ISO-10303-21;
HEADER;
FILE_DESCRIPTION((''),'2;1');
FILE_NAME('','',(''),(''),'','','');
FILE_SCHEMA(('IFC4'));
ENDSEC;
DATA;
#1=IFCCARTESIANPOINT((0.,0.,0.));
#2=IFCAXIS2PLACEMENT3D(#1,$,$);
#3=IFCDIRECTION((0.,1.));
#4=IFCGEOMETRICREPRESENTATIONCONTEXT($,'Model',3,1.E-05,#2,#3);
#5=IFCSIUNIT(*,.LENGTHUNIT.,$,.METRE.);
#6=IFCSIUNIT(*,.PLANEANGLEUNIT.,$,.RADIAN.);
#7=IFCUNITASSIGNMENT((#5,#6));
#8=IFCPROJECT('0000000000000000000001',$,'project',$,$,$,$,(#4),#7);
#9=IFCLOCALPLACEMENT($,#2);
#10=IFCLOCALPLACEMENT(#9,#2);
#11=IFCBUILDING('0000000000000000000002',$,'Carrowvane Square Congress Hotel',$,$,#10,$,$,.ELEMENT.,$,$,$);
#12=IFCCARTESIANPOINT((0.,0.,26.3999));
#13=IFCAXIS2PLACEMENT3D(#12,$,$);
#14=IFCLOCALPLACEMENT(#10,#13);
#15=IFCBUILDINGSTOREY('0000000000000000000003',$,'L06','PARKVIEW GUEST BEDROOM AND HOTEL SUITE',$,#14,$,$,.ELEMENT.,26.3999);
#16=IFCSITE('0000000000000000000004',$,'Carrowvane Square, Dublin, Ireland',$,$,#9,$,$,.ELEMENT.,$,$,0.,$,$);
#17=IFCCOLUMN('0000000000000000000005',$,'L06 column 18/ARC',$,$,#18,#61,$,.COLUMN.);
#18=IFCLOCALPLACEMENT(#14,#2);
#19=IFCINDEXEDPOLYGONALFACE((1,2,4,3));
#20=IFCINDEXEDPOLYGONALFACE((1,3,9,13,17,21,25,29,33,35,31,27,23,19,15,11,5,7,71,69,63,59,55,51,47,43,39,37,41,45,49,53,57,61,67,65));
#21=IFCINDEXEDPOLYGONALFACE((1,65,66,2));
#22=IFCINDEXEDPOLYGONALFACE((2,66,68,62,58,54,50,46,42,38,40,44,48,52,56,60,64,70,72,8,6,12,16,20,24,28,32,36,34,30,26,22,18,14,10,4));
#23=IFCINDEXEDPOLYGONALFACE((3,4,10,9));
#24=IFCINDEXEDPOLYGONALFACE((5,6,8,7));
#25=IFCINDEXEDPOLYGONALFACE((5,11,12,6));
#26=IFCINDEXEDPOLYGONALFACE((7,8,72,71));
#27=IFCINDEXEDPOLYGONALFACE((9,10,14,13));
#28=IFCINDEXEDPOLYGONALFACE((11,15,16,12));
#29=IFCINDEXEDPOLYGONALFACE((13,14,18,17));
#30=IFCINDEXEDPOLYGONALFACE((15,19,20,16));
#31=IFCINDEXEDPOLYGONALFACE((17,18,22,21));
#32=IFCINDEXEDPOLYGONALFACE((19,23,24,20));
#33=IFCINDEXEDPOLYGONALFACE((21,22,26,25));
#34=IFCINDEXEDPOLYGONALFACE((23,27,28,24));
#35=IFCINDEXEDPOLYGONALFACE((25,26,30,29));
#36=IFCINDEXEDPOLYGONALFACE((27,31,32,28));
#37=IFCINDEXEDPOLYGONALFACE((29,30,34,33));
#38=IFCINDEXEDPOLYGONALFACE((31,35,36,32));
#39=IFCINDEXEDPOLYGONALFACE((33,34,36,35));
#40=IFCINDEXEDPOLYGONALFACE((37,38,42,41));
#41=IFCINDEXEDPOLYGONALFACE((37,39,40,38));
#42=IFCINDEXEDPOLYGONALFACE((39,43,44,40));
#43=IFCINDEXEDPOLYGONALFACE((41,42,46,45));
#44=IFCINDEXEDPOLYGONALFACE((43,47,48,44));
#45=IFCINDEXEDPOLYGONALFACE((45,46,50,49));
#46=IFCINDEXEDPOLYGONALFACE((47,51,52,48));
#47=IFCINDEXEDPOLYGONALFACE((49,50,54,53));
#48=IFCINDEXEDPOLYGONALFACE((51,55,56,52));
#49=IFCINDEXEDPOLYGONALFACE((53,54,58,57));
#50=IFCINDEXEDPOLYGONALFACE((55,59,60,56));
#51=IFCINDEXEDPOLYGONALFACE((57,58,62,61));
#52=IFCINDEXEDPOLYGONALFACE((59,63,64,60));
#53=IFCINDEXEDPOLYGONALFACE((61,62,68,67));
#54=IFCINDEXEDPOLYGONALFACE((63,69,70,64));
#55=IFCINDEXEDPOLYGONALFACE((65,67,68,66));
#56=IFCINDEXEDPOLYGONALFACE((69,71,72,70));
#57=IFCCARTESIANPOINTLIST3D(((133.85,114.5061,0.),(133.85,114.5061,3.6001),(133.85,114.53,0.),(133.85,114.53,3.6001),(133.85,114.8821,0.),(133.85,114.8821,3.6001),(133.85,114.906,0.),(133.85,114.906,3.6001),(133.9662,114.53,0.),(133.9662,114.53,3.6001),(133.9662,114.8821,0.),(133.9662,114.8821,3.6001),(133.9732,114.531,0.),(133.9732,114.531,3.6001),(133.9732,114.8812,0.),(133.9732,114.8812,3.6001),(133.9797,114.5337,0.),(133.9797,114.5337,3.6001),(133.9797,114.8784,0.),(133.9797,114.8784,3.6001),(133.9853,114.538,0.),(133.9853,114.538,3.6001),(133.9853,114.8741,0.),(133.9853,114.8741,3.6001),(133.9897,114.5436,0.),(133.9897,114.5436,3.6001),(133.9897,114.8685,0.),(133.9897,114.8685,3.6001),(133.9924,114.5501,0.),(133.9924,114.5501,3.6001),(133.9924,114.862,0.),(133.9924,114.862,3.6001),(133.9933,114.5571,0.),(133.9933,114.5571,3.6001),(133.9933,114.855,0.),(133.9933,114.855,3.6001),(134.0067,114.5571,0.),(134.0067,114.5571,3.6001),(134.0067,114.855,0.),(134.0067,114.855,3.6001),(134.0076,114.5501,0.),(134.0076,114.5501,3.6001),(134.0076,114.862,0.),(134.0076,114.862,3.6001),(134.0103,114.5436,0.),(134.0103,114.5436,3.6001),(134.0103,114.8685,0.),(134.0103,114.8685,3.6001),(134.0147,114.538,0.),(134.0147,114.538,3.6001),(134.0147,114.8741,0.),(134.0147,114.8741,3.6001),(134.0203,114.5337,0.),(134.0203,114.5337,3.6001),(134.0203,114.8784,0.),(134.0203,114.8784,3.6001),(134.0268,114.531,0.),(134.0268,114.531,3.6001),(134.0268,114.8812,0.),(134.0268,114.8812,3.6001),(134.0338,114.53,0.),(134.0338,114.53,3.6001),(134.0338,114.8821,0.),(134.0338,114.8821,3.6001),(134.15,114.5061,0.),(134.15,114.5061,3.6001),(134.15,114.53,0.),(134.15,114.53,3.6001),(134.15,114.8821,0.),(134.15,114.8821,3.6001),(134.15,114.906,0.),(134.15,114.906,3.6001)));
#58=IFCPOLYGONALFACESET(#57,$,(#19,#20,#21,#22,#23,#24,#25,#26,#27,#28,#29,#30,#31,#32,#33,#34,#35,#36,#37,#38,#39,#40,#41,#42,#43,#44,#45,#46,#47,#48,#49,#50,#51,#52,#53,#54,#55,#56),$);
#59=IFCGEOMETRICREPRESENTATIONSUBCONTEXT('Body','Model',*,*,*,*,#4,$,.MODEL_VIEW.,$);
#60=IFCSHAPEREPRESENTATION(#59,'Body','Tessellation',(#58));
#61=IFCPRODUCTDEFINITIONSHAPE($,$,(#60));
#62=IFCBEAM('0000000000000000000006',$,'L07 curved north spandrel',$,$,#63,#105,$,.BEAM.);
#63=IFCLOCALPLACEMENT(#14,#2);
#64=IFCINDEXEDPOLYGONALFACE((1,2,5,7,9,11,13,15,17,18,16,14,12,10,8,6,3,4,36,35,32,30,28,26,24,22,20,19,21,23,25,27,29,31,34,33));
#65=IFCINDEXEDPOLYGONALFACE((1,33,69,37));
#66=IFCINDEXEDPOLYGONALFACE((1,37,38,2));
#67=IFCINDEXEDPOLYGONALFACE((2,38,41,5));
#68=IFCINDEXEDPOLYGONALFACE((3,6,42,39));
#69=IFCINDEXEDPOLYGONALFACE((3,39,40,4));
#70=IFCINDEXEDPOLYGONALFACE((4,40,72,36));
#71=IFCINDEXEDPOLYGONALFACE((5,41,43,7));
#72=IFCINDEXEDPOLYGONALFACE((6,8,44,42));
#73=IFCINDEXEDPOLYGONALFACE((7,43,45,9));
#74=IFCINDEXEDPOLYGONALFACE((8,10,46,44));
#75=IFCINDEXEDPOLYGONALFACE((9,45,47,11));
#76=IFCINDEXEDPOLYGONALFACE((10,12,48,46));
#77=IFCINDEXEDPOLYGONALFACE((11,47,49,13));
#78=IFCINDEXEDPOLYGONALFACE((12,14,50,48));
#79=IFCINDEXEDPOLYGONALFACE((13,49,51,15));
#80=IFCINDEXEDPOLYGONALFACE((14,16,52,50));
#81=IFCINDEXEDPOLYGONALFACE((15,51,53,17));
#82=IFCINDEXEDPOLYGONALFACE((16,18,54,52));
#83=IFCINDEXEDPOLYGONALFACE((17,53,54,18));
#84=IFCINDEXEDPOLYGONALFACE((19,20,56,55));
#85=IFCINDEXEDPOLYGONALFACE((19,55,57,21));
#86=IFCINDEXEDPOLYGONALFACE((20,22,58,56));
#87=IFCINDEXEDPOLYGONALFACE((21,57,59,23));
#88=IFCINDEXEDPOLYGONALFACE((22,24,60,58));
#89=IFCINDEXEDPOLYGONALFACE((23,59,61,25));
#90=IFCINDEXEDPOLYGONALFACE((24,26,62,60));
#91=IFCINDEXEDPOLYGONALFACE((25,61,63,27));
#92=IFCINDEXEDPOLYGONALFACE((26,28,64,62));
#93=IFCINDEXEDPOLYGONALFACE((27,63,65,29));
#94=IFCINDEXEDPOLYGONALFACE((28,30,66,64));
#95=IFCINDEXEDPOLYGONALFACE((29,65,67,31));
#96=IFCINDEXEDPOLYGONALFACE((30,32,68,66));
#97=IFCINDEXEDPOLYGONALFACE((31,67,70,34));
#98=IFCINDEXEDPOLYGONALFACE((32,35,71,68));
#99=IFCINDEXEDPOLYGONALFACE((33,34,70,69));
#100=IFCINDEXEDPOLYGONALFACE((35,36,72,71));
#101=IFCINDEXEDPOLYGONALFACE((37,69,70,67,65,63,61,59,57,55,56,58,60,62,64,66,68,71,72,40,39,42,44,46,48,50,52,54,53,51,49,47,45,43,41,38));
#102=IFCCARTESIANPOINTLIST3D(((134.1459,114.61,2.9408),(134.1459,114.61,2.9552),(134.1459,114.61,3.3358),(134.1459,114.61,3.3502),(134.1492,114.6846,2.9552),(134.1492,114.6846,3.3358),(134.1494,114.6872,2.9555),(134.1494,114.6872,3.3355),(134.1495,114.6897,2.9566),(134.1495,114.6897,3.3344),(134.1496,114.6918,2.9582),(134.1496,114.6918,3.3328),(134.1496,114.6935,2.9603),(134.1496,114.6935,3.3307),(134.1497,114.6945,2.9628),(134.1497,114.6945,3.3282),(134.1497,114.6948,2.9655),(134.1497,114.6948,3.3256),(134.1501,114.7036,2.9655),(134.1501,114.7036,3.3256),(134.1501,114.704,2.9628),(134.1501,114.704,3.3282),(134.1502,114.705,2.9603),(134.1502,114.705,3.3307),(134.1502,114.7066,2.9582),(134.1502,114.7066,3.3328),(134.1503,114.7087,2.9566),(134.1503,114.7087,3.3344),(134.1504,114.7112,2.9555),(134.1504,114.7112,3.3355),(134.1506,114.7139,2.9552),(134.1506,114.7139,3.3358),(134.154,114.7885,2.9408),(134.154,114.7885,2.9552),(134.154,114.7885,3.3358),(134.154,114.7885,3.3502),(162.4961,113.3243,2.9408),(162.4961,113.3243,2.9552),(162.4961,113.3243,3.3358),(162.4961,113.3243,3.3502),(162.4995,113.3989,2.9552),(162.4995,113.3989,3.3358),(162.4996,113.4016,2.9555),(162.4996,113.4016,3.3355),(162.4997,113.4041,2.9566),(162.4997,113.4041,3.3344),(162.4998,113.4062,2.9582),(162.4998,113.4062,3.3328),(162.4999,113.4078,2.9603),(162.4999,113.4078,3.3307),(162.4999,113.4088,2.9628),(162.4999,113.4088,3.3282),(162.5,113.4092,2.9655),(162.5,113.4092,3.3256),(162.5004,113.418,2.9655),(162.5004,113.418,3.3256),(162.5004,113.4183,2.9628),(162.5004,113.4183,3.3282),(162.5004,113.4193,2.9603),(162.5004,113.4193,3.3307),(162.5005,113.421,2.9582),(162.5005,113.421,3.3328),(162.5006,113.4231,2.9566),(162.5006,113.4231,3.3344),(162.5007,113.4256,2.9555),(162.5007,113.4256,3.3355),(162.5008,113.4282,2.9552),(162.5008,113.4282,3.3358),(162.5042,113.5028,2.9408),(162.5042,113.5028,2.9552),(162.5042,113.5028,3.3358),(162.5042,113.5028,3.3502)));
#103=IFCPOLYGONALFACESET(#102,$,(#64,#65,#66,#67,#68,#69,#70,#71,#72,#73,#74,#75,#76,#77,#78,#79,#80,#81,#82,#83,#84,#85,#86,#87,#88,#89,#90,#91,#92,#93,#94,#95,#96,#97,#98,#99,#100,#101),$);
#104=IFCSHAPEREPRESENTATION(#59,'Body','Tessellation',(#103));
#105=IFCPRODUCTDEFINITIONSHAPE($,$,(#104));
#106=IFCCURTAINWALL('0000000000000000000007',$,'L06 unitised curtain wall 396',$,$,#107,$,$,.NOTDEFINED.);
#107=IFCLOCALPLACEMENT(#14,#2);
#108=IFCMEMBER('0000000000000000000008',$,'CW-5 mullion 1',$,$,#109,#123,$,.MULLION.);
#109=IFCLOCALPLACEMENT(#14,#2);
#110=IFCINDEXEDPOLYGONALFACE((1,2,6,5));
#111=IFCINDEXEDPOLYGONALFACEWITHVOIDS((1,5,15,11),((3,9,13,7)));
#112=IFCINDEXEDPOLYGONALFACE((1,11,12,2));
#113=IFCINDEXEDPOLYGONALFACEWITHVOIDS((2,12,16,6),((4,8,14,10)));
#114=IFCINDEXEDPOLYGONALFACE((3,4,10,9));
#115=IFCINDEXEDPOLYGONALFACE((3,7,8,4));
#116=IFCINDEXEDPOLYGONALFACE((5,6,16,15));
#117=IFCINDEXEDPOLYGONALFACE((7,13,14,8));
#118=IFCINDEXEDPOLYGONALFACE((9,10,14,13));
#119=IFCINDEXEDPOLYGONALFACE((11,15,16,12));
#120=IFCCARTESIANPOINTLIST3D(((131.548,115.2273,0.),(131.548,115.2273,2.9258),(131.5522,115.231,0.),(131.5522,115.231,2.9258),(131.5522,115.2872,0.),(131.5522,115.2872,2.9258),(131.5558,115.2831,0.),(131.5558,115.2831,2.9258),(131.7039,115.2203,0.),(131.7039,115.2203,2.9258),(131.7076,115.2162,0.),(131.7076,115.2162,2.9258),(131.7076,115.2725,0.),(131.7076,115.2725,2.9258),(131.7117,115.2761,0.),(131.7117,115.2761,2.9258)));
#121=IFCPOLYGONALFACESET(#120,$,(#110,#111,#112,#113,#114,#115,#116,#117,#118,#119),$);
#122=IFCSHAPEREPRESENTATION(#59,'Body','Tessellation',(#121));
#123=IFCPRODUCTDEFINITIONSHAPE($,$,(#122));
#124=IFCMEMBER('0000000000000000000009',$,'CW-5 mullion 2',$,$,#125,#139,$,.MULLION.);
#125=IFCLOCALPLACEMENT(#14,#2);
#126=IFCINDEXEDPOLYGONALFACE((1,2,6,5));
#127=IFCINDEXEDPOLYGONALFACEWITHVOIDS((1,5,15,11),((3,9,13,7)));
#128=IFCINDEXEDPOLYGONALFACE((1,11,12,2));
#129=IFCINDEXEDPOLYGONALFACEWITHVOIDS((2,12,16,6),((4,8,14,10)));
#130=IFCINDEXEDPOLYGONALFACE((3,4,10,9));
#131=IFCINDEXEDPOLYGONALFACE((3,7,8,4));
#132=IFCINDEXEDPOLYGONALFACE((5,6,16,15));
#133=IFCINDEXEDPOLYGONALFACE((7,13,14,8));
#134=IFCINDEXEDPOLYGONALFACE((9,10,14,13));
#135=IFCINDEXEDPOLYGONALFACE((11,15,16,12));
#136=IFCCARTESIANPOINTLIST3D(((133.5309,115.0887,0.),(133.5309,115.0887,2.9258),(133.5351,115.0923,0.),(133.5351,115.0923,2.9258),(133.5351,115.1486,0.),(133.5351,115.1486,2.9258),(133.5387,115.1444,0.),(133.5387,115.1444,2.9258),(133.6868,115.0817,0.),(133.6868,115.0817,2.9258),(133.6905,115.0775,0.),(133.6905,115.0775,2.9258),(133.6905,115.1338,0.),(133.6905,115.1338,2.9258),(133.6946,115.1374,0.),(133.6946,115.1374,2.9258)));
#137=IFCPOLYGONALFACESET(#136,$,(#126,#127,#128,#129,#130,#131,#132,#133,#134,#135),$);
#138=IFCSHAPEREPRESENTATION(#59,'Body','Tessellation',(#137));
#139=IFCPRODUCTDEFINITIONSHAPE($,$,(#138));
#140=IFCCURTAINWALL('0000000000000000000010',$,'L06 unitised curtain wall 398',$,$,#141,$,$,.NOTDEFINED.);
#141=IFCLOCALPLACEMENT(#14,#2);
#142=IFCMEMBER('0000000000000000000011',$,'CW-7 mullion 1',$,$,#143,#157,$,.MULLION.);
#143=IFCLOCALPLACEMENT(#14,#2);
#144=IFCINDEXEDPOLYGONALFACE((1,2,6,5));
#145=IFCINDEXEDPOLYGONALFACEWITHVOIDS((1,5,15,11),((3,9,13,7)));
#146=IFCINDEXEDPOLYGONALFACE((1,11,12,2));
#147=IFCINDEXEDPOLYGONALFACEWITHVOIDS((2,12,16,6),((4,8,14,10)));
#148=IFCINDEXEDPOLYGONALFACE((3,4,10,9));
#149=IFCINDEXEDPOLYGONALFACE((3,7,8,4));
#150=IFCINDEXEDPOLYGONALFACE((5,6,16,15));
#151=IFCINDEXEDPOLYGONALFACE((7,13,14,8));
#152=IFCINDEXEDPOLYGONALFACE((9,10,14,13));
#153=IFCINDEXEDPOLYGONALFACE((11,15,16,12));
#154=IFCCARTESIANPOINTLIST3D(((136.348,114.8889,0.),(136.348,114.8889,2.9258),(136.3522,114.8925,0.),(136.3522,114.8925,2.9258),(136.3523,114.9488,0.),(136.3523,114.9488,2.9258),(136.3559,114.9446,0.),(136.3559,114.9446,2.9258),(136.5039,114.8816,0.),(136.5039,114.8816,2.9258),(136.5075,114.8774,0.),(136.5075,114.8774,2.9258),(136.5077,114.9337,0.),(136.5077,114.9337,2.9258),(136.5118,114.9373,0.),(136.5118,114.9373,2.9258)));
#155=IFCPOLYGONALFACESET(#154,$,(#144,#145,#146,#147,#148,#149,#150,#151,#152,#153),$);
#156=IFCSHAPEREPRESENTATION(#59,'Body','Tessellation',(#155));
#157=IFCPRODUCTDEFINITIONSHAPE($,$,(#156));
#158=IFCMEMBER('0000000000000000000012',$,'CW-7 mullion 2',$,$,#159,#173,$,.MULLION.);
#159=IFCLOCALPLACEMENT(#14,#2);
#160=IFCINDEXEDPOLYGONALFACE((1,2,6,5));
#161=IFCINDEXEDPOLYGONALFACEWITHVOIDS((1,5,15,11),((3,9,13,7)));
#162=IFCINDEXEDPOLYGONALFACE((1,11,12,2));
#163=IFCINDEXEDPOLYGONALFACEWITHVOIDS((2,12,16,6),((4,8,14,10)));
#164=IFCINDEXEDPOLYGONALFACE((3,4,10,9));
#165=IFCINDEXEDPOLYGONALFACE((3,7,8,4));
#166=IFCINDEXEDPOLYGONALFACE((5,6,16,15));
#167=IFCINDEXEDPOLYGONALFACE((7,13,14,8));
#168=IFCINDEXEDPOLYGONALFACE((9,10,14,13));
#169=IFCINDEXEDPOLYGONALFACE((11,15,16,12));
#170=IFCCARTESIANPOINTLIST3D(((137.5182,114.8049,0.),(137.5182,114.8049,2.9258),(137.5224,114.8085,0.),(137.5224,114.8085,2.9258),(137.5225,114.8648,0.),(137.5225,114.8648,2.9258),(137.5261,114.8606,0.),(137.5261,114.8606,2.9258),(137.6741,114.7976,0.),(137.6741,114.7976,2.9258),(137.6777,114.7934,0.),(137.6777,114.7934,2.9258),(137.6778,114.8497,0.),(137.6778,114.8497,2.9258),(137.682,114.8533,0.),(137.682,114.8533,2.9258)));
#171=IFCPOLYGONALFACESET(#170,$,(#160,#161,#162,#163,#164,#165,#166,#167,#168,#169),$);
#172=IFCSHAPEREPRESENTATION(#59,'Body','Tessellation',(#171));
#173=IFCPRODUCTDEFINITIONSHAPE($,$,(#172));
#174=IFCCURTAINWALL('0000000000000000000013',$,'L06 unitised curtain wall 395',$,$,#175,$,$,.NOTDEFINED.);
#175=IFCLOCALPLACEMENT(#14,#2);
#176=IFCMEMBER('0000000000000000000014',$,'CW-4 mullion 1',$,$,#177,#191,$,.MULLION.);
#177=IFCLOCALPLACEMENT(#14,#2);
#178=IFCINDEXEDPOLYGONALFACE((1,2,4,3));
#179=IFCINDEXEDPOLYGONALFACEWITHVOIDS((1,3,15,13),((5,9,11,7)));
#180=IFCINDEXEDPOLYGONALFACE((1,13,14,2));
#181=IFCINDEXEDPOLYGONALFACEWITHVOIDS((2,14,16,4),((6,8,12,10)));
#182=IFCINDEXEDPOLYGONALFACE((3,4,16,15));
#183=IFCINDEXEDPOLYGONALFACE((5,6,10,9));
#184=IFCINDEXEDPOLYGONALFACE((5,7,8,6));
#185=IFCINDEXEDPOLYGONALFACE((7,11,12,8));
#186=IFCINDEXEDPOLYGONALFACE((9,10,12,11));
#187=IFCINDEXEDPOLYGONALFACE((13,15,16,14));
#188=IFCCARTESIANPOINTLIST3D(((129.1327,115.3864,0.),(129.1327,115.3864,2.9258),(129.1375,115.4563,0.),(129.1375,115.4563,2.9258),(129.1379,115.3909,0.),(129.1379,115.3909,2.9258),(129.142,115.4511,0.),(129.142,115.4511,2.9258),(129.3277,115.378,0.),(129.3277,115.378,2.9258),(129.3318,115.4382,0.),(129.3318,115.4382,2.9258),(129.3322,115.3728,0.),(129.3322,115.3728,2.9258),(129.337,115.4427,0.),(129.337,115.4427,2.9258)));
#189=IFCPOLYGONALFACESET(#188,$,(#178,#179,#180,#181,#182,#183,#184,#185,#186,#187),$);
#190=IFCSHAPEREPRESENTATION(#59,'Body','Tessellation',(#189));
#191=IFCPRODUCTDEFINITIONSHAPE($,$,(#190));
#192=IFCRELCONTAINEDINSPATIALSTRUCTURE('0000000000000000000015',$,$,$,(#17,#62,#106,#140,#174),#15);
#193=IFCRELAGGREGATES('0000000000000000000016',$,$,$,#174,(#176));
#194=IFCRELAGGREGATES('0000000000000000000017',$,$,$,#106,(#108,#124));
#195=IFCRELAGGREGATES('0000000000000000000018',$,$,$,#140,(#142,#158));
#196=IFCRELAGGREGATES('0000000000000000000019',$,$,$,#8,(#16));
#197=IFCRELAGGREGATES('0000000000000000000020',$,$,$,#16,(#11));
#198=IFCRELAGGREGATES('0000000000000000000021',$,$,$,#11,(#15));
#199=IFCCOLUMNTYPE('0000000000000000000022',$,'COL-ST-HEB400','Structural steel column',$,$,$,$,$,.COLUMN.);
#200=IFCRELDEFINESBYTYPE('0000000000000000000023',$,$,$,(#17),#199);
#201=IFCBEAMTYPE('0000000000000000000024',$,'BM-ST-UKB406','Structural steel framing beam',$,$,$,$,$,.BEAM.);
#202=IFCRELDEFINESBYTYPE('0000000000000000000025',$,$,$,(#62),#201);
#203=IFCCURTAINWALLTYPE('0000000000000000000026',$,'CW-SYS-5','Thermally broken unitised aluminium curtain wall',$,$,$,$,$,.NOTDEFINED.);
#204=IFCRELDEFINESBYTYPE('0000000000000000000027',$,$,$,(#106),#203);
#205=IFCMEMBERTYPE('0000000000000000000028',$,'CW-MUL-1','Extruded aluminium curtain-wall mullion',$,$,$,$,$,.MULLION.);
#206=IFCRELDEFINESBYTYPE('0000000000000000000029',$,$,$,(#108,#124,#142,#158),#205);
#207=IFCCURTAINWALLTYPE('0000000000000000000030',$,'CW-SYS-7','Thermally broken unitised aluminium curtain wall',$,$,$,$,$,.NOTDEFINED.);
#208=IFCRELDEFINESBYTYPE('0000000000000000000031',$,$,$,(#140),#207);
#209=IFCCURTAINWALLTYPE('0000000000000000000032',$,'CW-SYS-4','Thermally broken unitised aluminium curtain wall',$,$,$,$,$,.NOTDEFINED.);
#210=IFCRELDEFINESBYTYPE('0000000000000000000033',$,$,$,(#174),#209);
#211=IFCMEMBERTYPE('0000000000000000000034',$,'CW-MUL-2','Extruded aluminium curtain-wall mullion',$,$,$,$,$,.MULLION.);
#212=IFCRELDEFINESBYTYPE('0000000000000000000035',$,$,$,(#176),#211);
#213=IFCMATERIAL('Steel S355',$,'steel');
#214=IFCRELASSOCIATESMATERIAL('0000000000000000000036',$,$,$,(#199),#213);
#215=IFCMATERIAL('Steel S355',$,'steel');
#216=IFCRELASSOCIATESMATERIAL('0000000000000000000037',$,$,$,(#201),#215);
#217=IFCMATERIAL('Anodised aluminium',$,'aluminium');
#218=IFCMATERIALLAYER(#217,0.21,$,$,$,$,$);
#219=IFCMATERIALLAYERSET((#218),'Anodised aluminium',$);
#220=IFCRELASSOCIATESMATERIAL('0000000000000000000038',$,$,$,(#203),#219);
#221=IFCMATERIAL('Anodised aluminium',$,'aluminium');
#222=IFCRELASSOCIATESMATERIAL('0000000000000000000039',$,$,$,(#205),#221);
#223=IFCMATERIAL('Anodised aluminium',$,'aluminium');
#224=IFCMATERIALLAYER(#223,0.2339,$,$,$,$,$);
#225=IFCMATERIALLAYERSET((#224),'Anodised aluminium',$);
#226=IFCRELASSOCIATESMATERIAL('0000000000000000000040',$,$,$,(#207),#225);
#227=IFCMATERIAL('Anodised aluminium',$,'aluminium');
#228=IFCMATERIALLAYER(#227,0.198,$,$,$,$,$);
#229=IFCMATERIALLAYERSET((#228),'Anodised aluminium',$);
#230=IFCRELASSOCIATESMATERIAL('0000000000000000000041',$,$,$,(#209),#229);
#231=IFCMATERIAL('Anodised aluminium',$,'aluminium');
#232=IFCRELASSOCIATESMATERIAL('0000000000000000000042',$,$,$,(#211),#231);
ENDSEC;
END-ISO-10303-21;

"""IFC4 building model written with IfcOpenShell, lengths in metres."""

from ifc_helpers import new_model, si_unit, direction, frame, origin, origin_2d, place, context, subcontext, project, spatial, hollow_rectangle, i_section, extrude, material, layer, layer_set, material_profile, profile_set, type_object, element, aggregate, save


model = new_model("IFC4")

# Units and contexts
model_context = context("Model", 3, precision=1e-05, world=origin(), true_north=direction((0.0, 1.0)))
body_context = subcontext(model_context, "Body", "Model", "MODEL_VIEW")
ifc_project = project(units=[si_unit("LENGTHUNIT", "METRE"), si_unit("PLANEANGLEUNIT", "RADIAN")], contexts=[model_context])

# Site, building, storey
site_placement = place(None, origin())
site = spatial("IfcSite", under=ifc_project, at=site_placement, Name="Carrowvane Square, Dublin, Ireland", CompositionType="ELEMENT", RefElevation=0.0)
building_placement = place(site_placement, origin())
building = spatial("IfcBuilding", under=site, at=building_placement, Name="Carrowvane Square Congress Hotel", CompositionType="ELEMENT")
storey_placement = place(building_placement, frame((0.0, 0.0, 26.3999)))
storey = spatial("IfcBuildingStorey", under=building, at=storey_placement, Name="L06", Description="PARKVIEW GUEST BEDROOM AND HOTEL SUITE", CompositionType="ELEMENT", Elevation=26.3999)

# Column
ifc_material_1 = material(Name="Steel S355", Category="steel")
ifc_material_profile_1 = material_profile(ifc_material_1, i_section(OverallWidth=0.3, OverallDepth=0.3999, WebThickness=0.0134, FlangeThickness=0.0239, FilletRadius=0.0271, at=origin_2d()), Name="HEB 400")
ifc_profile_set_1 = profile_set([ifc_material_profile_1], Name="Steel S355")
column_type = type_object("IfcColumnType", Name="COL-ST-HEB400", Description="Structural steel column", PredefinedType="COLUMN", material=ifc_profile_set_1)
column_placement = place(storey_placement, frame((134.0, 114.7061, 0.0), z_axis=(0.0, 0.0, 1.0), x_axis=(1.0, 0.0, 0.0)))
element("IfcColumn", 1, at=column_placement, inside=storey, type_object=column_type, Name="L06 column 18/ARC", PredefinedType="COLUMN", context=body_context, shape_type="SweptSolid", body=[
    extrude(i_section(OverallWidth=0.3, OverallDepth=0.3999, WebThickness=0.0134, FlangeThickness=0.0239, FilletRadius=0.0271, at=origin_2d()), origin(), (0.0, 0.0, 1.0), 3.6001),
])

# Beam
ifc_material_2 = material(Name="Steel S355", Category="steel")
ifc_material_profile_2 = material_profile(ifc_material_2, i_section(OverallWidth=0.1787, OverallDepth=0.4094, WebThickness=0.0088, FlangeThickness=0.0144, FilletRadius=0.0103, at=origin_2d()), Name="UKB 406x178x67")
ifc_profile_set_2 = profile_set([ifc_material_profile_2], Name="Steel S355")
beam_type = type_object("IfcBeamType", Name="BM-ST-UKB406", Description="Structural steel framing beam", PredefinedType="BEAM", material=ifc_profile_set_2)
beam_placement = place(storey_placement, frame((134.1499, 114.6992, 3.1455), z_axis=(0.998973, -0.045302, 0.0), x_axis=(0.045302, 0.998973, 0.0)))
element("IfcBeam", 2, at=beam_placement, inside=storey, type_object=beam_type, Name="L07 curved north spandrel", PredefinedType="BEAM", context=body_context, shape_type="SweptSolid", body=[
    extrude(i_section(OverallWidth=0.1787, OverallDepth=0.4094, WebThickness=0.0088, FlangeThickness=0.0144, FilletRadius=0.0103, at=origin_2d()), origin(), (0.0, 0.0, 1.0), 28.3794),
])

# Curtain walls, members
ifc_material_3 = material(Name="Anodised aluminium", Category="aluminium")
ifc_layer_1 = layer(ifc_material_3, 0.21)
ifc_layer_set_1 = layer_set([ifc_layer_1], Name="Anodised aluminium")
curtain_wall_type_1 = type_object("IfcCurtainWallType", Name="CW-SYS-5", Description="Thermally broken unitised aluminium curtain wall", PredefinedType="NOTDEFINED", material=ifc_layer_set_1)
curtain_wall_1_placement = place(storey_placement, origin())
curtain_wall_1 = element("IfcCurtainWall", 3, at=curtain_wall_1_placement, inside=storey, type_object=curtain_wall_type_1, Name="L06 unitised curtain wall 396", PredefinedType="NOTDEFINED")
ifc_material_4 = material(Name="Anodised aluminium", Category="aluminium")
ifc_material_profile_3 = material_profile(ifc_material_4, hollow_rectangle(XDim=0.0601, YDim=0.1599, WallThickness=0.0039, at=origin_2d()), Name="CW-ML 60x160x4")
ifc_profile_set_3 = profile_set([ifc_material_profile_3], Name="Anodised aluminium")
member_type_1 = type_object("IfcMemberType", Name="CW-MUL-1", Description="Extruded aluminium curtain-wall mullion", PredefinedType="MULLION", material=ifc_profile_set_3)
member_1_placement = place(storey_placement, frame((131.6299, 115.2517, 0.0), z_axis=(0.0, 0.0, 1.0), x_axis=(0.069727, 0.997566, 0.0)))
member_1 = element("IfcMember", 4, at=member_1_placement, type_object=member_type_1, Name="CW-5 mullion 1", PredefinedType="MULLION", context=body_context, shape_type="SweptSolid", body=[
    extrude(hollow_rectangle(XDim=0.0601, YDim=0.1599, WallThickness=0.0039, at=origin_2d()), origin(), (0.0, 0.0, 1.0), 2.9258),
])
member_2_placement = place(storey_placement, frame((133.6128, 115.113, 0.0), z_axis=(0.0, 0.0, 1.0), x_axis=(0.069727, 0.997566, 0.0)))
member_2 = element("IfcMember", 5, at=member_2_placement, type_object=member_type_1, Name="CW-5 mullion 2", PredefinedType="MULLION", context=body_context, shape_type="SweptSolid", body=[
    extrude(hollow_rectangle(XDim=0.0601, YDim=0.1599, WallThickness=0.0039, at=origin_2d()), origin(), (0.0, 0.0, 1.0), 2.9258),
])
ifc_material_5 = material(Name="Anodised aluminium", Category="aluminium")
ifc_layer_2 = layer(ifc_material_5, 0.2339)
ifc_layer_set_2 = layer_set([ifc_layer_2], Name="Anodised aluminium")
curtain_wall_type_2 = type_object("IfcCurtainWallType", Name="CW-SYS-7", Description="Thermally broken unitised aluminium curtain wall", PredefinedType="NOTDEFINED", material=ifc_layer_set_2)
curtain_wall_2_placement = place(storey_placement, origin())
curtain_wall_2 = element("IfcCurtainWall", 6, at=curtain_wall_2_placement, inside=storey, type_object=curtain_wall_type_2, Name="L06 unitised curtain wall 398", PredefinedType="NOTDEFINED")
member_3_placement = place(storey_placement, frame((136.4299, 114.9131, 0.0), z_axis=(0.0, 0.0, 1.0), x_axis=(0.071532, 0.997438, 0.0)))
member_3 = element("IfcMember", 7, at=member_3_placement, type_object=member_type_1, Name="CW-7 mullion 1", PredefinedType="MULLION", context=body_context, shape_type="SweptSolid", body=[
    extrude(hollow_rectangle(XDim=0.0601, YDim=0.1599, WallThickness=0.0039, at=origin_2d()), origin(), (0.0, 0.0, 1.0), 2.9258),
])
member_4_placement = place(storey_placement, frame((137.6001, 114.8291, 0.0), z_axis=(0.0, 0.0, 1.0), x_axis=(0.071532, 0.997438, 0.0)))
member_4 = element("IfcMember", 8, at=member_4_placement, type_object=member_type_1, Name="CW-7 mullion 2", PredefinedType="MULLION", context=body_context, shape_type="SweptSolid", body=[
    extrude(hollow_rectangle(XDim=0.0601, YDim=0.1599, WallThickness=0.0039, at=origin_2d()), origin(), (0.0, 0.0, 1.0), 2.9258),
])
ifc_material_6 = material(Name="Anodised aluminium", Category="aluminium")
ifc_layer_3 = layer(ifc_material_6, 0.198)
ifc_layer_set_3 = layer_set([ifc_layer_3], Name="Anodised aluminium")
curtain_wall_type_3 = type_object("IfcCurtainWallType", Name="CW-SYS-4", Description="Thermally broken unitised aluminium curtain wall", PredefinedType="NOTDEFINED", material=ifc_layer_set_3)
curtain_wall_3_placement = place(storey_placement, origin())
curtain_wall_3 = element("IfcCurtainWall", 9, at=curtain_wall_3_placement, inside=storey, type_object=curtain_wall_type_3, Name="L06 unitised curtain wall 395", PredefinedType="NOTDEFINED")
ifc_material_7 = material(Name="Anodised aluminium", Category="aluminium")
ifc_material_profile_4 = material_profile(ifc_material_7, hollow_rectangle(XDim=0.0701, YDim=0.2, WallThickness=0.0049, at=origin_2d()), Name="CW-ML 70x200x5")
ifc_profile_set_4 = profile_set([ifc_material_profile_4], Name="Anodised aluminium")
member_type_2 = type_object("IfcMemberType", Name="CW-MUL-2", Description="Extruded aluminium curtain-wall mullion", PredefinedType="MULLION", material=ifc_profile_set_4)
member_5_placement = place(storey_placement, frame((129.2349, 115.4146, 0.0), z_axis=(0.0, 0.0, 1.0), x_axis=(0.06787, 0.997694, 0.0)))
member_5 = element("IfcMember", 10, at=member_5_placement, type_object=member_type_2, Name="CW-4 mullion 1", PredefinedType="MULLION", context=body_context, shape_type="SweptSolid", body=[
    extrude(hollow_rectangle(XDim=0.0701, YDim=0.2, WallThickness=0.0049, at=origin_2d()), origin(), (0.0, 0.0, 1.0), 2.9258),
])

aggregate(curtain_wall_3, [member_5])
aggregate(curtain_wall_1, [member_1, member_2])
aggregate(curtain_wall_2, [member_3, member_4])

save(model, "model.ifc")
